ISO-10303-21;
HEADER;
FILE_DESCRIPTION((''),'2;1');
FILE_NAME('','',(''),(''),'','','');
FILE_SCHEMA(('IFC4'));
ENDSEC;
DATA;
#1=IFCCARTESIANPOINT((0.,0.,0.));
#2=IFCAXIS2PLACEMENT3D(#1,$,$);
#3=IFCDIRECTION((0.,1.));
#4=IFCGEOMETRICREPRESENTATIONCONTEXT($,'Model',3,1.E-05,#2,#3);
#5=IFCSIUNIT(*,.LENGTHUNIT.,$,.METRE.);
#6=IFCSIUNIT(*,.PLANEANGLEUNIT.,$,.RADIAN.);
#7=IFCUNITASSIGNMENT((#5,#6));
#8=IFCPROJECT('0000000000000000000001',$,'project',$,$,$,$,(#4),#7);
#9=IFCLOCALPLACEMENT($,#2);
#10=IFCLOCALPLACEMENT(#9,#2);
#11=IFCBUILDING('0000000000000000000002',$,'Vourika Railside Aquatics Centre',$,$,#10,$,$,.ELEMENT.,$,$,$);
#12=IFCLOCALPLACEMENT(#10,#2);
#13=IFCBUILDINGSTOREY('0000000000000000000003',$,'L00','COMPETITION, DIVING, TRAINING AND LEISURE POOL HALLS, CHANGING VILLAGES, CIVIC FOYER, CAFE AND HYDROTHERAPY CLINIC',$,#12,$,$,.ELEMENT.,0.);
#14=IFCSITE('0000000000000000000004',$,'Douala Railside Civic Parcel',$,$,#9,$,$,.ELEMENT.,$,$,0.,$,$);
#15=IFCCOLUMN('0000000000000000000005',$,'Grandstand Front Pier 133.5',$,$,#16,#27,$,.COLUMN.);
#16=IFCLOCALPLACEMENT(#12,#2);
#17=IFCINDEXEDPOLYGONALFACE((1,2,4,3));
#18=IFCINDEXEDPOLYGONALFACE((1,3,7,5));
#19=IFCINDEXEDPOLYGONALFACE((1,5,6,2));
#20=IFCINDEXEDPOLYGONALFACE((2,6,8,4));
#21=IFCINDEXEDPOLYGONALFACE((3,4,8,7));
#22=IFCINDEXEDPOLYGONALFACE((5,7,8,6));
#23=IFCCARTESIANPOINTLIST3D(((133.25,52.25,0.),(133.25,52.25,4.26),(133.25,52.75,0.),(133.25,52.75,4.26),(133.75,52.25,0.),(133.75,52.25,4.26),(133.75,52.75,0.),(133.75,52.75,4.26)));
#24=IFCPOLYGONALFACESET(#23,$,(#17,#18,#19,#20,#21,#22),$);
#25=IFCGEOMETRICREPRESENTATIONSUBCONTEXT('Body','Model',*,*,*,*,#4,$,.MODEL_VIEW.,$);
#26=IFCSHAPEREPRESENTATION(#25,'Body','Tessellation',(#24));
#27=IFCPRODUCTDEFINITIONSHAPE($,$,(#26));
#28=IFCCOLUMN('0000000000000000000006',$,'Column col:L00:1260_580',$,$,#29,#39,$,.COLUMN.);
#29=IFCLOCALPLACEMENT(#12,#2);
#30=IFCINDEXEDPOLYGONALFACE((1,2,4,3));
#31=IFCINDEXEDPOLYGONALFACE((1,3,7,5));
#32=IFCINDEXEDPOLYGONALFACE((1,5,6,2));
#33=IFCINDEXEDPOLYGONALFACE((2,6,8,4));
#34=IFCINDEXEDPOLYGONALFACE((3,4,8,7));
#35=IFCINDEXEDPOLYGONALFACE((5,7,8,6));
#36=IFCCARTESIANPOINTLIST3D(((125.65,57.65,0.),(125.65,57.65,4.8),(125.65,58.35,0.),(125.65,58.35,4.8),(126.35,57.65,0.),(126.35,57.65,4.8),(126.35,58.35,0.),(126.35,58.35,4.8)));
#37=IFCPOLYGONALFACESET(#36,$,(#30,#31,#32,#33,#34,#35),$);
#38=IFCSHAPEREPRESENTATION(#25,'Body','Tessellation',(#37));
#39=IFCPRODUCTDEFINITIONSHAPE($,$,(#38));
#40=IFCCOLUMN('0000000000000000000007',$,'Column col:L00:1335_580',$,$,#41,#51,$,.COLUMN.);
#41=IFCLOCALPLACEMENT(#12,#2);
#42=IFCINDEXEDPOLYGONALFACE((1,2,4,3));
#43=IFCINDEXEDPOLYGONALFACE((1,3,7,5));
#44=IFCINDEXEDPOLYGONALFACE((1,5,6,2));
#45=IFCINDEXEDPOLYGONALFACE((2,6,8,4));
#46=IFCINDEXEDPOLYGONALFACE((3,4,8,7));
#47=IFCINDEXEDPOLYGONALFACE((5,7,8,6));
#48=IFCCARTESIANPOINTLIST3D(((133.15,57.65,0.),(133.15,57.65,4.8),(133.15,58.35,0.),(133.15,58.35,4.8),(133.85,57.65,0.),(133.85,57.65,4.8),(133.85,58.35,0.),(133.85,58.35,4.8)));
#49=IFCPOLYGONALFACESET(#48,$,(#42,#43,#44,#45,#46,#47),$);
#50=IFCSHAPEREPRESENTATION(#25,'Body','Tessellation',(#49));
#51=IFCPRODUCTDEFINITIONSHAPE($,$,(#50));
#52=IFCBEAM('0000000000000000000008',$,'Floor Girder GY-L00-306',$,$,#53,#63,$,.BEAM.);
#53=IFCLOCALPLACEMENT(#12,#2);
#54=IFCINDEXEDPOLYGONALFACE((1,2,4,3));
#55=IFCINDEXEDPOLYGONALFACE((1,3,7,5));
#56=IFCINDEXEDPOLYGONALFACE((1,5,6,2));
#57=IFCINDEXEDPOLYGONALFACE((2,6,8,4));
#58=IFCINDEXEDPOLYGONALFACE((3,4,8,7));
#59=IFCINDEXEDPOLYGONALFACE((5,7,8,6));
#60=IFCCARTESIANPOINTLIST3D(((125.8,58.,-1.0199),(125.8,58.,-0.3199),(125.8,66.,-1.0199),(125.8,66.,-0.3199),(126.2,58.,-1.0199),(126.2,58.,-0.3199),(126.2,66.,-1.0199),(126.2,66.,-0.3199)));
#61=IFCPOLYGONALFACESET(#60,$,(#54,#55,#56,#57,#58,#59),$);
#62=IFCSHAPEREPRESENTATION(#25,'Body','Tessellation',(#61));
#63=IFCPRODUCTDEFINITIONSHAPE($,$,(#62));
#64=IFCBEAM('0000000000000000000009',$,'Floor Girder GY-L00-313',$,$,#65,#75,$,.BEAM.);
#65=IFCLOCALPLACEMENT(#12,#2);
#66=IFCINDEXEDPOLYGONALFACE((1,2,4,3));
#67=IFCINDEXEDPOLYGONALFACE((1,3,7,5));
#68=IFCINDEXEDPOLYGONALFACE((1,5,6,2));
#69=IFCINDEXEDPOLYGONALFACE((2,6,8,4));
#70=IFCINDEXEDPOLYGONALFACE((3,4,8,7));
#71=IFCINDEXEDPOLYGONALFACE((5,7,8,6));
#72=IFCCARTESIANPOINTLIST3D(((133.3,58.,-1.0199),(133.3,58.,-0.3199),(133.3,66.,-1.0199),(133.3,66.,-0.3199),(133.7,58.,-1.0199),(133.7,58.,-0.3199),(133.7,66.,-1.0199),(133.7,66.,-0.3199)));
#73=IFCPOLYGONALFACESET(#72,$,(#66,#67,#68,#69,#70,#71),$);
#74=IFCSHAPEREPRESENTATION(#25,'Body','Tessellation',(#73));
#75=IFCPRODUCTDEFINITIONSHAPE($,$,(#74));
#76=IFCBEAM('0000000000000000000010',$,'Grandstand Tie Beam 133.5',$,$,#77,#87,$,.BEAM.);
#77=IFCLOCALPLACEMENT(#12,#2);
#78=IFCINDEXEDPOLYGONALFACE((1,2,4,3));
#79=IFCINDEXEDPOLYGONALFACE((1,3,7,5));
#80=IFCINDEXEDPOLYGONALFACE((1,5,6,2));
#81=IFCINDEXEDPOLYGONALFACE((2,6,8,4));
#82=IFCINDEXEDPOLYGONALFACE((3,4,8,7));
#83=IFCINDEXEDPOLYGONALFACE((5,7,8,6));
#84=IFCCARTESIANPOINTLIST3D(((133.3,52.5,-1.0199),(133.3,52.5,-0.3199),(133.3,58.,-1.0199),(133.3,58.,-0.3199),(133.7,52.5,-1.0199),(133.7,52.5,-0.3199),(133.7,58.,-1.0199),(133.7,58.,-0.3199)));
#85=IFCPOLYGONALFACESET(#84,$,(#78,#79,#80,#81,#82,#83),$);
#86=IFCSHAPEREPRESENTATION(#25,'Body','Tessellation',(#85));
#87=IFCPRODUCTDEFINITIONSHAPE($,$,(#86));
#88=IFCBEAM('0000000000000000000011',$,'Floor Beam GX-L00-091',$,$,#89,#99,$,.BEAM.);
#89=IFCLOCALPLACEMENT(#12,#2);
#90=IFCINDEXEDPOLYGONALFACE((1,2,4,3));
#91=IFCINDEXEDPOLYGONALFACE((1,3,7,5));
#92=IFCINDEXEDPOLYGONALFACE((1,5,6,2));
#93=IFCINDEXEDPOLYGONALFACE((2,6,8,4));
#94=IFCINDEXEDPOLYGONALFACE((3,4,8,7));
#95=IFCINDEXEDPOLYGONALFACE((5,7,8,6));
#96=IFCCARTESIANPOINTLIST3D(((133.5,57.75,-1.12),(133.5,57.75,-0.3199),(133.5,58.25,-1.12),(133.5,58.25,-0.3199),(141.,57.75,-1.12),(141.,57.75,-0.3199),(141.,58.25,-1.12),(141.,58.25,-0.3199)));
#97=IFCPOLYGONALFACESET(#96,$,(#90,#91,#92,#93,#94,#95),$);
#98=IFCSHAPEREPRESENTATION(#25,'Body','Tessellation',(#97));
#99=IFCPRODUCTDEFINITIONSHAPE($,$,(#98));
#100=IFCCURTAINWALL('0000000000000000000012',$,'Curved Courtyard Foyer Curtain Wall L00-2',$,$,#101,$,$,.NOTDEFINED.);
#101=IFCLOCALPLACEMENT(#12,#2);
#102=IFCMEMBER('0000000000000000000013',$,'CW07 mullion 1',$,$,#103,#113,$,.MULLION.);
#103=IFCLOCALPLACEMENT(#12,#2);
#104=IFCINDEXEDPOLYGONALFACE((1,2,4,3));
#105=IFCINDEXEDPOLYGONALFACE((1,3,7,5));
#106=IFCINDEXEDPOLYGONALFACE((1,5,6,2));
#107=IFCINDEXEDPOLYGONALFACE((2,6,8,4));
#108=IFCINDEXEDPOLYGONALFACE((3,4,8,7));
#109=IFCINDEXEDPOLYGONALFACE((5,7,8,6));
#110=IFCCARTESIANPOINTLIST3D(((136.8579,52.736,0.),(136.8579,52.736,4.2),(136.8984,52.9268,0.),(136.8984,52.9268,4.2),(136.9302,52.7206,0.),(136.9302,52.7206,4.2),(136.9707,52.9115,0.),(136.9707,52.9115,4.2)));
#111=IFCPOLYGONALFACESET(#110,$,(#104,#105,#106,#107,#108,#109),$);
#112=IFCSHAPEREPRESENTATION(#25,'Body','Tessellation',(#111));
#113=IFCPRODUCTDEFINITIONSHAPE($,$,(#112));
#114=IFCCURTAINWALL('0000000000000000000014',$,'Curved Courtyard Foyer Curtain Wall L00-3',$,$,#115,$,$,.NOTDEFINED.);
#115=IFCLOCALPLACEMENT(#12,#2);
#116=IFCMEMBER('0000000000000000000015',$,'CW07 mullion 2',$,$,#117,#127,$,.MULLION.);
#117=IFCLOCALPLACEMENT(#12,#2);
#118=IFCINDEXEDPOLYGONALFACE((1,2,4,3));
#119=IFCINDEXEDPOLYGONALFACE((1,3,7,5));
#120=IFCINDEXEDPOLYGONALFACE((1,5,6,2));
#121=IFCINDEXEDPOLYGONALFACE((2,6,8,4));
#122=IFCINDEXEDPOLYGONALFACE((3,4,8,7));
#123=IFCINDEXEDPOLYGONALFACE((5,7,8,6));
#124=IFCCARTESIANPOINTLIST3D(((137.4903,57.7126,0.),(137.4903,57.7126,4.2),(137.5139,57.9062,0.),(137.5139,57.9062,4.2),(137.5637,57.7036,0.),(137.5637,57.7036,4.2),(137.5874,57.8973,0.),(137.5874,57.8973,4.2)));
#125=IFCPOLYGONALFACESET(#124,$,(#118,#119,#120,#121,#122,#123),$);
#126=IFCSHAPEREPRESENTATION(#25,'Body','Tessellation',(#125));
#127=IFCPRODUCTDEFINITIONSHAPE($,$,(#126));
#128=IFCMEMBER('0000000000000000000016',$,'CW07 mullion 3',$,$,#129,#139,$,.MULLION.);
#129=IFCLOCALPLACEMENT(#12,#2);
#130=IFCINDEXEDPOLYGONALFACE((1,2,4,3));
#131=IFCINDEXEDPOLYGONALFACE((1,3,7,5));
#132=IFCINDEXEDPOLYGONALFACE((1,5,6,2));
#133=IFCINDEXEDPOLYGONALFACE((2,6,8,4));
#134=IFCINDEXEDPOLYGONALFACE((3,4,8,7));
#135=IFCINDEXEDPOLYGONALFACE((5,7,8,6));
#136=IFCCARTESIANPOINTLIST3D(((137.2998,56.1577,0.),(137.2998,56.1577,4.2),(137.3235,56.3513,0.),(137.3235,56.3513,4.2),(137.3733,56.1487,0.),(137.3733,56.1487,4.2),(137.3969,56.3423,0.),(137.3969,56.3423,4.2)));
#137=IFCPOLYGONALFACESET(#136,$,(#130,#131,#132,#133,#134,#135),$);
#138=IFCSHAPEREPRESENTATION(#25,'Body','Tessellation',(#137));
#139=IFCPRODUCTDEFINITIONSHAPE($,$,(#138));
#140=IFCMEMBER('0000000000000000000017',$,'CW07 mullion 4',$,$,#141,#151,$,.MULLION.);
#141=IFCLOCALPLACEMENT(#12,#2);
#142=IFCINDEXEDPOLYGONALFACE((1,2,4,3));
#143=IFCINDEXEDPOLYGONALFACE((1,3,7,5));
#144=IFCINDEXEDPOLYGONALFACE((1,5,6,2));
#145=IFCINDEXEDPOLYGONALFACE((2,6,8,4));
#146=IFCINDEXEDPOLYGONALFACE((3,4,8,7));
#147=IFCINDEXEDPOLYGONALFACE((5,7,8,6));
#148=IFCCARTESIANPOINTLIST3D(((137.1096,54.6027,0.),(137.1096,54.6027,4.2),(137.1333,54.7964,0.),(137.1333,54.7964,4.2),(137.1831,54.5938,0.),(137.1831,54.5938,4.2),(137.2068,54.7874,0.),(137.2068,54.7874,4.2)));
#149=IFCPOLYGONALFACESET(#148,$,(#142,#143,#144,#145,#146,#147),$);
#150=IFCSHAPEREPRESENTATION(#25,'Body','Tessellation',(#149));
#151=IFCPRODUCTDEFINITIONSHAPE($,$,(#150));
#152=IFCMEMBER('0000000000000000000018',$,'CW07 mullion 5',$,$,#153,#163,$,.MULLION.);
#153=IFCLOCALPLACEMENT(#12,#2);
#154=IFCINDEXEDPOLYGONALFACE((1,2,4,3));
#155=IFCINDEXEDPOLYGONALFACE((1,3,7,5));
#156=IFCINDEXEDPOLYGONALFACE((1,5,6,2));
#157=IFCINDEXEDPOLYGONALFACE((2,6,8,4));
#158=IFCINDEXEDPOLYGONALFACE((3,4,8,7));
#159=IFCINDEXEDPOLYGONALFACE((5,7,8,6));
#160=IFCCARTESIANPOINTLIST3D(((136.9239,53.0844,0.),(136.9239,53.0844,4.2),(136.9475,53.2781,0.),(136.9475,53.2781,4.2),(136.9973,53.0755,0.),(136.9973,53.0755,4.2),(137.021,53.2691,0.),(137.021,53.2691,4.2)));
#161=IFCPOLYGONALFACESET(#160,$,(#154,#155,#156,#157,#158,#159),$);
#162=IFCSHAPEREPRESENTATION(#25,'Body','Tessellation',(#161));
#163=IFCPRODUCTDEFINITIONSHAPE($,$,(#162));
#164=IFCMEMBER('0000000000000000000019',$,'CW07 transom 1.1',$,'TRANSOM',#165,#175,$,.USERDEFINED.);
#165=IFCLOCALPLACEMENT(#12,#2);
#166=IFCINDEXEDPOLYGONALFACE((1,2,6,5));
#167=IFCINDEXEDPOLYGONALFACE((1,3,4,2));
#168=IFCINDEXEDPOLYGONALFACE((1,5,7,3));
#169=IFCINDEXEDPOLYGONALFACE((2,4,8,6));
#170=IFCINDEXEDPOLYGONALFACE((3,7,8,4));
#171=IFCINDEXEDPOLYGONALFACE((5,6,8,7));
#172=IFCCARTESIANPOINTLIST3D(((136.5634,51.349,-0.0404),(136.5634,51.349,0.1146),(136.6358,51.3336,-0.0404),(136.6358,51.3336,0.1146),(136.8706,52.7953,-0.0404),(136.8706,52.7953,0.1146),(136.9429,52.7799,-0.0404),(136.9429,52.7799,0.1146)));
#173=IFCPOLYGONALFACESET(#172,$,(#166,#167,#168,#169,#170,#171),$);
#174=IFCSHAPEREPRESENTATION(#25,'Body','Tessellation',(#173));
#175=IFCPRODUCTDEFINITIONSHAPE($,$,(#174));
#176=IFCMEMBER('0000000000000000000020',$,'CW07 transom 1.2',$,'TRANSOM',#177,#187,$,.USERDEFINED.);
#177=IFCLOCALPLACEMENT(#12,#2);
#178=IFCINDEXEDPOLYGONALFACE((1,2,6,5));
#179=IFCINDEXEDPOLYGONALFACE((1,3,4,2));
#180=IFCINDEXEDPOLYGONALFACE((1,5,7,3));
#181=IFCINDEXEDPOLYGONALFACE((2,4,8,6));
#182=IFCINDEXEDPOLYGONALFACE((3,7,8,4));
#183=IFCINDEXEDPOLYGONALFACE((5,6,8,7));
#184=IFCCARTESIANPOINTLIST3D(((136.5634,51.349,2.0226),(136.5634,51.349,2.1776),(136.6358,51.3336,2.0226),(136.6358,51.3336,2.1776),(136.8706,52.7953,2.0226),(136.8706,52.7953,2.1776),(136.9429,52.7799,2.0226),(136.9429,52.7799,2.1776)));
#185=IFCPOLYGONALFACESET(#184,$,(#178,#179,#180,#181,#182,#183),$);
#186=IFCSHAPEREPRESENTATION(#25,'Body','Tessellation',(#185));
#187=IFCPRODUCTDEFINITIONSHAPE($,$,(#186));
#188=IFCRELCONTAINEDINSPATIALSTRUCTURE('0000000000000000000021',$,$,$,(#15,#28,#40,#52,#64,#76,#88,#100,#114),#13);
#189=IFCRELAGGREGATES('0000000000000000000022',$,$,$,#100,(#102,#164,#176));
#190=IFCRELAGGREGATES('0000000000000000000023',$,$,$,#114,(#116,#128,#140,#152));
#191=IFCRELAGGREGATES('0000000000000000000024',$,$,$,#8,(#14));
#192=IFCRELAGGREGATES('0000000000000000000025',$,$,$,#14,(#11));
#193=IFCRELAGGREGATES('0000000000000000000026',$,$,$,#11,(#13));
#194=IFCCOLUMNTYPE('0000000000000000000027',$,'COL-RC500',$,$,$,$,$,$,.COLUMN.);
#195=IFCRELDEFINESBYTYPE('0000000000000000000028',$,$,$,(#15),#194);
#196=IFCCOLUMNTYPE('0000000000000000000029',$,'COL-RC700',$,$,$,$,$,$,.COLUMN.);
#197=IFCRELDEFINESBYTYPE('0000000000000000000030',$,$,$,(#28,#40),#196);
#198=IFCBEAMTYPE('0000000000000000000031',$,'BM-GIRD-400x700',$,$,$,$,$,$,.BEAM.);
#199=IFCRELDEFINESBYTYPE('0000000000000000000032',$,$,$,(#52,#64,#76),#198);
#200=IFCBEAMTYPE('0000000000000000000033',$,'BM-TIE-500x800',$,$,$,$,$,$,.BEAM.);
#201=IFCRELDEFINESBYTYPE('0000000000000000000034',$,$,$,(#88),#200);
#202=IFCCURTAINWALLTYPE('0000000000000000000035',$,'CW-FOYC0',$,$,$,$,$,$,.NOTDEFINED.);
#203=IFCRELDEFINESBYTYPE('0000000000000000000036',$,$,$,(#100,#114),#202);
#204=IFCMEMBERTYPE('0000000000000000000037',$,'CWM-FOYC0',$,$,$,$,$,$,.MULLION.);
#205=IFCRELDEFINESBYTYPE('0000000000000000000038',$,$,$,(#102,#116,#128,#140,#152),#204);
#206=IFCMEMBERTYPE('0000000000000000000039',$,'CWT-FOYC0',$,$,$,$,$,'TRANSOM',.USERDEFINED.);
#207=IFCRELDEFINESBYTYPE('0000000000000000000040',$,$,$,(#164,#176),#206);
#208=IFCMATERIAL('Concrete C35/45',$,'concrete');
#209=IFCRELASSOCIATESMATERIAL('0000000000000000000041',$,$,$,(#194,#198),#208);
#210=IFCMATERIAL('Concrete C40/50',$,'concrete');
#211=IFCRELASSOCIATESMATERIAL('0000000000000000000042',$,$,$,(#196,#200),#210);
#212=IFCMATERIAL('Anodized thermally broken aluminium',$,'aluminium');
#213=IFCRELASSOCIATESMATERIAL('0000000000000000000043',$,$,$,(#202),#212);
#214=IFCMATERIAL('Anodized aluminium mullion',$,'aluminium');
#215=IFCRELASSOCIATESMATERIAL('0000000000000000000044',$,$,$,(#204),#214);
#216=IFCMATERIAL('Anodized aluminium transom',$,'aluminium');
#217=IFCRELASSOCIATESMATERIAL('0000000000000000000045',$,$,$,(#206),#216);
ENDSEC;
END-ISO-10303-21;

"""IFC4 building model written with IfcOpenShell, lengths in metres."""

from ifc_helpers import new_model, si_unit, direction, frame, origin, origin_2d, place, context, subcontext, project, spatial, rectangle, extrude, material, material_profile, profile_set, type_object, element, aggregate, save


model = new_model("IFC4")

# Units and contexts
model_context = context("Model", 3, precision=1e-05, world=origin(), true_north=direction((0.0, 1.0)))
body_context = subcontext(model_context, "Body", "Model", "MODEL_VIEW")
ifc_project = project(units=[si_unit("LENGTHUNIT", "METRE"), si_unit("PLANEANGLEUNIT", "RADIAN")], contexts=[model_context])

# Site, building, storey
site_placement = place(None, origin())
site = spatial("IfcSite", under=ifc_project, at=site_placement, Name="Douala Railside Civic Parcel", CompositionType="ELEMENT", RefElevation=0.0)
building_placement = place(site_placement, origin())
building = spatial("IfcBuilding", under=site, at=building_placement, Name="Vourika Railside Aquatics Centre", CompositionType="ELEMENT")
storey_placement = place(building_placement, origin())
storey = spatial("IfcBuildingStorey", under=building, at=storey_placement, Name="L00", Description="COMPETITION, DIVING, TRAINING AND LEISURE POOL HALLS, CHANGING VILLAGES, CIVIC FOYER, CAFE AND HYDROTHERAPY CLINIC", CompositionType="ELEMENT", Elevation=0.0)

# Columns
ifc_material_1 = material(Name="Concrete C35/45", Category="concrete")
ifc_material_profile_1 = material_profile(ifc_material_1, rectangle(XDim=0.5, YDim=0.5, at=origin_2d()), Name="RC 500x500")
ifc_profile_set_1 = profile_set([ifc_material_profile_1], Name="Concrete C35/45")
column_type_1 = type_object("IfcColumnType", Name="COL-RC500", PredefinedType="COLUMN", material=ifc_profile_set_1)
column_placement = place(storey_placement, frame((133.5, 52.5, 0.0), z_axis=(0.0, 0.0, 1.0), x_axis=(1.0, 0.0, 0.0)))
element("IfcColumn", 1, at=column_placement, inside=storey, type_object=column_type_1, Name="Grandstand Front Pier 133.5", PredefinedType="COLUMN", context=body_context, shape_type="SweptSolid", body=[
    extrude(rectangle(XDim=0.5, YDim=0.5, at=origin_2d()), origin(), (0.0, 0.0, 1.0), 4.26),
])
ifc_material_2 = material(Name="Concrete C40/50", Category="concrete")
ifc_material_profile_2 = material_profile(ifc_material_2, rectangle(XDim=0.7, YDim=0.7, at=origin_2d()), Name="RC 700x700")
ifc_profile_set_2 = profile_set([ifc_material_profile_2], Name="Concrete C40/50")
column_type_2 = type_object("IfcColumnType", Name="COL-RC700", PredefinedType="COLUMN", material=ifc_profile_set_2)
for number, where, z_axis, x_axis, name in (
    (2, (126.0, 58.0, 0.0), (0.0, 0.0, 1.0), (1.0, 0.0, 0.0), "Column col:L00:1260_580"),
    (3, (133.5, 58.0, 0.0), (0.0, 0.0, 1.0), (1.0, 0.0, 0.0), "Column col:L00:1335_580"),
):
    element("IfcColumn", number, at=place(storey_placement, frame(where, z_axis=z_axis, x_axis=x_axis)), inside=storey, type_object=column_type_2, Name=name, PredefinedType="COLUMN", context=body_context, shape_type="SweptSolid", body=[
        extrude(rectangle(XDim=0.7, YDim=0.7, at=origin_2d()), origin(), (0.0, 0.0, 1.0), 4.8),
    ])

# Beams
ifc_material_profile_3 = material_profile(ifc_material_1, rectangle(XDim=0.3999, YDim=0.7, at=origin_2d()), Name="RC 400x700")
ifc_profile_set_3 = profile_set([ifc_material_profile_3], Name="Concrete C35/45")
beam_type_1 = type_object("IfcBeamType", Name="BM-GIRD-400x700", PredefinedType="BEAM", material=ifc_profile_set_3)
for number, where, z_axis, x_axis, name in (
    (4, (126.0, 58.0, -0.6699), (0.0, 1.0, 0.0), (-1.0, 0.0, 0.0), "Floor Girder GY-L00-306"),
    (5, (133.5, 58.0, -0.6699), (0.0, 1.0, 0.0), (-1.0, 0.0, 0.0), "Floor Girder GY-L00-313"),
):
    element("IfcBeam", number, at=place(storey_placement, frame(where, z_axis=z_axis, x_axis=x_axis)), inside=storey, type_object=beam_type_1, Name=name, PredefinedType="BEAM", context=body_context, shape_type="SweptSolid", body=[
        extrude(rectangle(XDim=0.3999, YDim=0.7, at=origin_2d()), origin(), (0.0, 0.0, 1.0), 8.0),
    ])
beam_1_placement = place(storey_placement, frame((133.5, 52.5, -0.6699), z_axis=(0.0, 1.0, 0.0), x_axis=(-1.0, 0.0, 0.0)))
element("IfcBeam", 6, at=beam_1_placement, inside=storey, type_object=beam_type_1, Name="Grandstand Tie Beam 133.5", PredefinedType="BEAM", context=body_context, shape_type="SweptSolid", body=[
    extrude(rectangle(XDim=0.3999, YDim=0.7, at=origin_2d()), origin(), (0.0, 0.0, 1.0), 5.5),
])
ifc_material_profile_4 = material_profile(ifc_material_2, rectangle(XDim=0.5, YDim=0.8, at=origin_2d()), Name="RC 500x800")
ifc_profile_set_4 = profile_set([ifc_material_profile_4], Name="Concrete C40/50")
beam_type_2 = type_object("IfcBeamType", Name="BM-TIE-500x800", PredefinedType="BEAM", material=ifc_profile_set_4)
beam_2_placement = place(storey_placement, frame((133.5, 58.0, -0.72), z_axis=(1.0, 0.0, 0.0), x_axis=(0.0, 1.0, 0.0)))
element("IfcBeam", 7, at=beam_2_placement, inside=storey, type_object=beam_type_2, Name="Floor Beam GX-L00-091", PredefinedType="BEAM", context=body_context, shape_type="SweptSolid", body=[
    extrude(rectangle(XDim=0.5, YDim=0.8, at=origin_2d()), origin(), (0.0, 0.0, 1.0), 7.5),
])

# Curtain wall, member
ifc_material_3 = material(Name="Anodized thermally broken aluminium", Category="aluminium")
curtain_wall_type = type_object("IfcCurtainWallType", Name="CW-FOYC0", PredefinedType="NOTDEFINED", material=ifc_material_3)
curtain_wall_1_placement = place(storey_placement, origin())
curtain_wall_1 = element("IfcCurtainWall", 8, at=curtain_wall_1_placement, inside=storey, type_object=curtain_wall_type, Name="Curved Courtyard Foyer Curtain Wall L00-2", PredefinedType="NOTDEFINED")
ifc_material_4 = material(Name="Anodized aluminium mullion", Category="aluminium")
ifc_material_profile_5 = material_profile(ifc_material_4, rectangle(XDim=0.074, YDim=0.1951, at=origin_2d()), Name="ALU-M 74x195")
ifc_profile_set_5 = profile_set([ifc_material_profile_5], Name="Anodized aluminium mullion")
member_type_1 = type_object("IfcMemberType", Name="CWM-FOYC0", PredefinedType="MULLION", material=ifc_profile_set_5)
member_1_placement = place(storey_placement, frame((136.9143, 52.8237, 0.0), z_axis=(0.0, 0.0, 1.0), x_axis=(0.978215, -0.207595, 0.0)))
member_1 = element("IfcMember", 9, at=member_1_placement, type_object=member_type_1, Name="CW07 mullion 1", PredefinedType="MULLION", context=body_context, shape_type="SweptSolid", body=[
    extrude(rectangle(XDim=0.074, YDim=0.1951, at=origin_2d()), origin(), (0.0, 0.0, 1.0), 4.2),
])

# Curtain wall, members
curtain_wall_2_placement = place(storey_placement, origin())
curtain_wall_2 = element("IfcCurtainWall", 10, at=curtain_wall_2_placement, inside=storey, type_object=curtain_wall_type, Name="Curved Courtyard Foyer Curtain Wall L00-3", PredefinedType="NOTDEFINED")
member_2_placement = place(storey_placement, frame((137.5388, 57.8049, 0.0), z_axis=(0.0, 0.0, 1.0), x_axis=(0.992599, -0.121442, 0.0)))
member_2 = element("IfcMember", 11, at=member_2_placement, type_object=member_type_1, Name="CW07 mullion 2", PredefinedType="MULLION", context=body_context, shape_type="SweptSolid", body=[
    extrude(rectangle(XDim=0.074, YDim=0.1951, at=origin_2d()), origin(), (0.0, 0.0, 1.0), 4.2),
])
member_3_placement = place(storey_placement, frame((137.3484, 56.25, 0.0), z_axis=(0.0, 0.0, 1.0), x_axis=(0.992599, -0.121442, 0.0)))
member_3 = element("IfcMember", 12, at=member_3_placement, type_object=member_type_1, Name="CW07 mullion 3", PredefinedType="MULLION", context=body_context, shape_type="SweptSolid", body=[
    extrude(rectangle(XDim=0.074, YDim=0.1951, at=origin_2d()), origin(), (0.0, 0.0, 1.0), 4.2),
])
member_4_placement = place(storey_placement, frame((137.1582, 54.6951, 0.0), z_axis=(0.0, 0.0, 1.0), x_axis=(0.992599, -0.121442, 0.0)))
member_4 = element("IfcMember", 13, at=member_4_placement, type_object=member_type_1, Name="CW07 mullion 4", PredefinedType="MULLION", context=body_context, shape_type="SweptSolid", body=[
    extrude(rectangle(XDim=0.074, YDim=0.1951, at=origin_2d()), origin(), (0.0, 0.0, 1.0), 4.2),
])
member_5_placement = place(storey_placement, frame((136.9724, 53.1768, 0.0), z_axis=(0.0, 0.0, 1.0), x_axis=(0.992599, -0.121442, 0.0)))
member_5 = element("IfcMember", 14, at=member_5_placement, type_object=member_type_1, Name="CW07 mullion 5", PredefinedType="MULLION", context=body_context, shape_type="SweptSolid", body=[
    extrude(rectangle(XDim=0.074, YDim=0.1951, at=origin_2d()), origin(), (0.0, 0.0, 1.0), 4.2),
])

# Members
ifc_material_5 = material(Name="Anodized aluminium transom", Category="aluminium")
ifc_material_profile_6 = material_profile(ifc_material_5, rectangle(XDim=0.074, YDim=0.155, at=origin_2d()), Name="ALU-T 74x155")
ifc_profile_set_6 = profile_set([ifc_material_profile_6], Name="Anodized aluminium transom")
member_type_2 = type_object("IfcMemberType", Name="CWT-FOYC0", ElementType="TRANSOM", PredefinedType="USERDEFINED", material=ifc_profile_set_6)
member_6_placement = place(storey_placement, frame((136.9067, 52.7876, 0.0371), z_axis=(-0.207724, -0.978187, 0.0), x_axis=(0.978187, -0.207724, 0.0)))
member_6 = element("IfcMember", 15, at=member_6_placement, type_object=member_type_2, Name="CW07 transom 1.1", ObjectType="TRANSOM", PredefinedType="USERDEFINED", context=body_context, shape_type="SweptSolid", body=[
    extrude(rectangle(XDim=0.074, YDim=0.155, at=origin_2d()), origin(), (0.0, 0.0, 1.0), 1.4785),
])
member_7_placement = place(storey_placement, frame((136.9067, 52.7876, 2.1001), z_axis=(-0.207724, -0.978187, 0.0), x_axis=(0.978187, -0.207724, 0.0)))
member_7 = element("IfcMember", 16, at=member_7_placement, type_object=member_type_2, Name="CW07 transom 1.2", ObjectType="TRANSOM", PredefinedType="USERDEFINED", context=body_context, shape_type="SweptSolid", body=[
    extrude(rectangle(XDim=0.074, YDim=0.155, at=origin_2d()), origin(), (0.0, 0.0, 1.0), 1.4785),
])

aggregate(curtain_wall_1, [member_1, member_6, member_7])
aggregate(curtain_wall_2, [member_2, member_3, member_4, member_5])

save(model, "model.ifc")
